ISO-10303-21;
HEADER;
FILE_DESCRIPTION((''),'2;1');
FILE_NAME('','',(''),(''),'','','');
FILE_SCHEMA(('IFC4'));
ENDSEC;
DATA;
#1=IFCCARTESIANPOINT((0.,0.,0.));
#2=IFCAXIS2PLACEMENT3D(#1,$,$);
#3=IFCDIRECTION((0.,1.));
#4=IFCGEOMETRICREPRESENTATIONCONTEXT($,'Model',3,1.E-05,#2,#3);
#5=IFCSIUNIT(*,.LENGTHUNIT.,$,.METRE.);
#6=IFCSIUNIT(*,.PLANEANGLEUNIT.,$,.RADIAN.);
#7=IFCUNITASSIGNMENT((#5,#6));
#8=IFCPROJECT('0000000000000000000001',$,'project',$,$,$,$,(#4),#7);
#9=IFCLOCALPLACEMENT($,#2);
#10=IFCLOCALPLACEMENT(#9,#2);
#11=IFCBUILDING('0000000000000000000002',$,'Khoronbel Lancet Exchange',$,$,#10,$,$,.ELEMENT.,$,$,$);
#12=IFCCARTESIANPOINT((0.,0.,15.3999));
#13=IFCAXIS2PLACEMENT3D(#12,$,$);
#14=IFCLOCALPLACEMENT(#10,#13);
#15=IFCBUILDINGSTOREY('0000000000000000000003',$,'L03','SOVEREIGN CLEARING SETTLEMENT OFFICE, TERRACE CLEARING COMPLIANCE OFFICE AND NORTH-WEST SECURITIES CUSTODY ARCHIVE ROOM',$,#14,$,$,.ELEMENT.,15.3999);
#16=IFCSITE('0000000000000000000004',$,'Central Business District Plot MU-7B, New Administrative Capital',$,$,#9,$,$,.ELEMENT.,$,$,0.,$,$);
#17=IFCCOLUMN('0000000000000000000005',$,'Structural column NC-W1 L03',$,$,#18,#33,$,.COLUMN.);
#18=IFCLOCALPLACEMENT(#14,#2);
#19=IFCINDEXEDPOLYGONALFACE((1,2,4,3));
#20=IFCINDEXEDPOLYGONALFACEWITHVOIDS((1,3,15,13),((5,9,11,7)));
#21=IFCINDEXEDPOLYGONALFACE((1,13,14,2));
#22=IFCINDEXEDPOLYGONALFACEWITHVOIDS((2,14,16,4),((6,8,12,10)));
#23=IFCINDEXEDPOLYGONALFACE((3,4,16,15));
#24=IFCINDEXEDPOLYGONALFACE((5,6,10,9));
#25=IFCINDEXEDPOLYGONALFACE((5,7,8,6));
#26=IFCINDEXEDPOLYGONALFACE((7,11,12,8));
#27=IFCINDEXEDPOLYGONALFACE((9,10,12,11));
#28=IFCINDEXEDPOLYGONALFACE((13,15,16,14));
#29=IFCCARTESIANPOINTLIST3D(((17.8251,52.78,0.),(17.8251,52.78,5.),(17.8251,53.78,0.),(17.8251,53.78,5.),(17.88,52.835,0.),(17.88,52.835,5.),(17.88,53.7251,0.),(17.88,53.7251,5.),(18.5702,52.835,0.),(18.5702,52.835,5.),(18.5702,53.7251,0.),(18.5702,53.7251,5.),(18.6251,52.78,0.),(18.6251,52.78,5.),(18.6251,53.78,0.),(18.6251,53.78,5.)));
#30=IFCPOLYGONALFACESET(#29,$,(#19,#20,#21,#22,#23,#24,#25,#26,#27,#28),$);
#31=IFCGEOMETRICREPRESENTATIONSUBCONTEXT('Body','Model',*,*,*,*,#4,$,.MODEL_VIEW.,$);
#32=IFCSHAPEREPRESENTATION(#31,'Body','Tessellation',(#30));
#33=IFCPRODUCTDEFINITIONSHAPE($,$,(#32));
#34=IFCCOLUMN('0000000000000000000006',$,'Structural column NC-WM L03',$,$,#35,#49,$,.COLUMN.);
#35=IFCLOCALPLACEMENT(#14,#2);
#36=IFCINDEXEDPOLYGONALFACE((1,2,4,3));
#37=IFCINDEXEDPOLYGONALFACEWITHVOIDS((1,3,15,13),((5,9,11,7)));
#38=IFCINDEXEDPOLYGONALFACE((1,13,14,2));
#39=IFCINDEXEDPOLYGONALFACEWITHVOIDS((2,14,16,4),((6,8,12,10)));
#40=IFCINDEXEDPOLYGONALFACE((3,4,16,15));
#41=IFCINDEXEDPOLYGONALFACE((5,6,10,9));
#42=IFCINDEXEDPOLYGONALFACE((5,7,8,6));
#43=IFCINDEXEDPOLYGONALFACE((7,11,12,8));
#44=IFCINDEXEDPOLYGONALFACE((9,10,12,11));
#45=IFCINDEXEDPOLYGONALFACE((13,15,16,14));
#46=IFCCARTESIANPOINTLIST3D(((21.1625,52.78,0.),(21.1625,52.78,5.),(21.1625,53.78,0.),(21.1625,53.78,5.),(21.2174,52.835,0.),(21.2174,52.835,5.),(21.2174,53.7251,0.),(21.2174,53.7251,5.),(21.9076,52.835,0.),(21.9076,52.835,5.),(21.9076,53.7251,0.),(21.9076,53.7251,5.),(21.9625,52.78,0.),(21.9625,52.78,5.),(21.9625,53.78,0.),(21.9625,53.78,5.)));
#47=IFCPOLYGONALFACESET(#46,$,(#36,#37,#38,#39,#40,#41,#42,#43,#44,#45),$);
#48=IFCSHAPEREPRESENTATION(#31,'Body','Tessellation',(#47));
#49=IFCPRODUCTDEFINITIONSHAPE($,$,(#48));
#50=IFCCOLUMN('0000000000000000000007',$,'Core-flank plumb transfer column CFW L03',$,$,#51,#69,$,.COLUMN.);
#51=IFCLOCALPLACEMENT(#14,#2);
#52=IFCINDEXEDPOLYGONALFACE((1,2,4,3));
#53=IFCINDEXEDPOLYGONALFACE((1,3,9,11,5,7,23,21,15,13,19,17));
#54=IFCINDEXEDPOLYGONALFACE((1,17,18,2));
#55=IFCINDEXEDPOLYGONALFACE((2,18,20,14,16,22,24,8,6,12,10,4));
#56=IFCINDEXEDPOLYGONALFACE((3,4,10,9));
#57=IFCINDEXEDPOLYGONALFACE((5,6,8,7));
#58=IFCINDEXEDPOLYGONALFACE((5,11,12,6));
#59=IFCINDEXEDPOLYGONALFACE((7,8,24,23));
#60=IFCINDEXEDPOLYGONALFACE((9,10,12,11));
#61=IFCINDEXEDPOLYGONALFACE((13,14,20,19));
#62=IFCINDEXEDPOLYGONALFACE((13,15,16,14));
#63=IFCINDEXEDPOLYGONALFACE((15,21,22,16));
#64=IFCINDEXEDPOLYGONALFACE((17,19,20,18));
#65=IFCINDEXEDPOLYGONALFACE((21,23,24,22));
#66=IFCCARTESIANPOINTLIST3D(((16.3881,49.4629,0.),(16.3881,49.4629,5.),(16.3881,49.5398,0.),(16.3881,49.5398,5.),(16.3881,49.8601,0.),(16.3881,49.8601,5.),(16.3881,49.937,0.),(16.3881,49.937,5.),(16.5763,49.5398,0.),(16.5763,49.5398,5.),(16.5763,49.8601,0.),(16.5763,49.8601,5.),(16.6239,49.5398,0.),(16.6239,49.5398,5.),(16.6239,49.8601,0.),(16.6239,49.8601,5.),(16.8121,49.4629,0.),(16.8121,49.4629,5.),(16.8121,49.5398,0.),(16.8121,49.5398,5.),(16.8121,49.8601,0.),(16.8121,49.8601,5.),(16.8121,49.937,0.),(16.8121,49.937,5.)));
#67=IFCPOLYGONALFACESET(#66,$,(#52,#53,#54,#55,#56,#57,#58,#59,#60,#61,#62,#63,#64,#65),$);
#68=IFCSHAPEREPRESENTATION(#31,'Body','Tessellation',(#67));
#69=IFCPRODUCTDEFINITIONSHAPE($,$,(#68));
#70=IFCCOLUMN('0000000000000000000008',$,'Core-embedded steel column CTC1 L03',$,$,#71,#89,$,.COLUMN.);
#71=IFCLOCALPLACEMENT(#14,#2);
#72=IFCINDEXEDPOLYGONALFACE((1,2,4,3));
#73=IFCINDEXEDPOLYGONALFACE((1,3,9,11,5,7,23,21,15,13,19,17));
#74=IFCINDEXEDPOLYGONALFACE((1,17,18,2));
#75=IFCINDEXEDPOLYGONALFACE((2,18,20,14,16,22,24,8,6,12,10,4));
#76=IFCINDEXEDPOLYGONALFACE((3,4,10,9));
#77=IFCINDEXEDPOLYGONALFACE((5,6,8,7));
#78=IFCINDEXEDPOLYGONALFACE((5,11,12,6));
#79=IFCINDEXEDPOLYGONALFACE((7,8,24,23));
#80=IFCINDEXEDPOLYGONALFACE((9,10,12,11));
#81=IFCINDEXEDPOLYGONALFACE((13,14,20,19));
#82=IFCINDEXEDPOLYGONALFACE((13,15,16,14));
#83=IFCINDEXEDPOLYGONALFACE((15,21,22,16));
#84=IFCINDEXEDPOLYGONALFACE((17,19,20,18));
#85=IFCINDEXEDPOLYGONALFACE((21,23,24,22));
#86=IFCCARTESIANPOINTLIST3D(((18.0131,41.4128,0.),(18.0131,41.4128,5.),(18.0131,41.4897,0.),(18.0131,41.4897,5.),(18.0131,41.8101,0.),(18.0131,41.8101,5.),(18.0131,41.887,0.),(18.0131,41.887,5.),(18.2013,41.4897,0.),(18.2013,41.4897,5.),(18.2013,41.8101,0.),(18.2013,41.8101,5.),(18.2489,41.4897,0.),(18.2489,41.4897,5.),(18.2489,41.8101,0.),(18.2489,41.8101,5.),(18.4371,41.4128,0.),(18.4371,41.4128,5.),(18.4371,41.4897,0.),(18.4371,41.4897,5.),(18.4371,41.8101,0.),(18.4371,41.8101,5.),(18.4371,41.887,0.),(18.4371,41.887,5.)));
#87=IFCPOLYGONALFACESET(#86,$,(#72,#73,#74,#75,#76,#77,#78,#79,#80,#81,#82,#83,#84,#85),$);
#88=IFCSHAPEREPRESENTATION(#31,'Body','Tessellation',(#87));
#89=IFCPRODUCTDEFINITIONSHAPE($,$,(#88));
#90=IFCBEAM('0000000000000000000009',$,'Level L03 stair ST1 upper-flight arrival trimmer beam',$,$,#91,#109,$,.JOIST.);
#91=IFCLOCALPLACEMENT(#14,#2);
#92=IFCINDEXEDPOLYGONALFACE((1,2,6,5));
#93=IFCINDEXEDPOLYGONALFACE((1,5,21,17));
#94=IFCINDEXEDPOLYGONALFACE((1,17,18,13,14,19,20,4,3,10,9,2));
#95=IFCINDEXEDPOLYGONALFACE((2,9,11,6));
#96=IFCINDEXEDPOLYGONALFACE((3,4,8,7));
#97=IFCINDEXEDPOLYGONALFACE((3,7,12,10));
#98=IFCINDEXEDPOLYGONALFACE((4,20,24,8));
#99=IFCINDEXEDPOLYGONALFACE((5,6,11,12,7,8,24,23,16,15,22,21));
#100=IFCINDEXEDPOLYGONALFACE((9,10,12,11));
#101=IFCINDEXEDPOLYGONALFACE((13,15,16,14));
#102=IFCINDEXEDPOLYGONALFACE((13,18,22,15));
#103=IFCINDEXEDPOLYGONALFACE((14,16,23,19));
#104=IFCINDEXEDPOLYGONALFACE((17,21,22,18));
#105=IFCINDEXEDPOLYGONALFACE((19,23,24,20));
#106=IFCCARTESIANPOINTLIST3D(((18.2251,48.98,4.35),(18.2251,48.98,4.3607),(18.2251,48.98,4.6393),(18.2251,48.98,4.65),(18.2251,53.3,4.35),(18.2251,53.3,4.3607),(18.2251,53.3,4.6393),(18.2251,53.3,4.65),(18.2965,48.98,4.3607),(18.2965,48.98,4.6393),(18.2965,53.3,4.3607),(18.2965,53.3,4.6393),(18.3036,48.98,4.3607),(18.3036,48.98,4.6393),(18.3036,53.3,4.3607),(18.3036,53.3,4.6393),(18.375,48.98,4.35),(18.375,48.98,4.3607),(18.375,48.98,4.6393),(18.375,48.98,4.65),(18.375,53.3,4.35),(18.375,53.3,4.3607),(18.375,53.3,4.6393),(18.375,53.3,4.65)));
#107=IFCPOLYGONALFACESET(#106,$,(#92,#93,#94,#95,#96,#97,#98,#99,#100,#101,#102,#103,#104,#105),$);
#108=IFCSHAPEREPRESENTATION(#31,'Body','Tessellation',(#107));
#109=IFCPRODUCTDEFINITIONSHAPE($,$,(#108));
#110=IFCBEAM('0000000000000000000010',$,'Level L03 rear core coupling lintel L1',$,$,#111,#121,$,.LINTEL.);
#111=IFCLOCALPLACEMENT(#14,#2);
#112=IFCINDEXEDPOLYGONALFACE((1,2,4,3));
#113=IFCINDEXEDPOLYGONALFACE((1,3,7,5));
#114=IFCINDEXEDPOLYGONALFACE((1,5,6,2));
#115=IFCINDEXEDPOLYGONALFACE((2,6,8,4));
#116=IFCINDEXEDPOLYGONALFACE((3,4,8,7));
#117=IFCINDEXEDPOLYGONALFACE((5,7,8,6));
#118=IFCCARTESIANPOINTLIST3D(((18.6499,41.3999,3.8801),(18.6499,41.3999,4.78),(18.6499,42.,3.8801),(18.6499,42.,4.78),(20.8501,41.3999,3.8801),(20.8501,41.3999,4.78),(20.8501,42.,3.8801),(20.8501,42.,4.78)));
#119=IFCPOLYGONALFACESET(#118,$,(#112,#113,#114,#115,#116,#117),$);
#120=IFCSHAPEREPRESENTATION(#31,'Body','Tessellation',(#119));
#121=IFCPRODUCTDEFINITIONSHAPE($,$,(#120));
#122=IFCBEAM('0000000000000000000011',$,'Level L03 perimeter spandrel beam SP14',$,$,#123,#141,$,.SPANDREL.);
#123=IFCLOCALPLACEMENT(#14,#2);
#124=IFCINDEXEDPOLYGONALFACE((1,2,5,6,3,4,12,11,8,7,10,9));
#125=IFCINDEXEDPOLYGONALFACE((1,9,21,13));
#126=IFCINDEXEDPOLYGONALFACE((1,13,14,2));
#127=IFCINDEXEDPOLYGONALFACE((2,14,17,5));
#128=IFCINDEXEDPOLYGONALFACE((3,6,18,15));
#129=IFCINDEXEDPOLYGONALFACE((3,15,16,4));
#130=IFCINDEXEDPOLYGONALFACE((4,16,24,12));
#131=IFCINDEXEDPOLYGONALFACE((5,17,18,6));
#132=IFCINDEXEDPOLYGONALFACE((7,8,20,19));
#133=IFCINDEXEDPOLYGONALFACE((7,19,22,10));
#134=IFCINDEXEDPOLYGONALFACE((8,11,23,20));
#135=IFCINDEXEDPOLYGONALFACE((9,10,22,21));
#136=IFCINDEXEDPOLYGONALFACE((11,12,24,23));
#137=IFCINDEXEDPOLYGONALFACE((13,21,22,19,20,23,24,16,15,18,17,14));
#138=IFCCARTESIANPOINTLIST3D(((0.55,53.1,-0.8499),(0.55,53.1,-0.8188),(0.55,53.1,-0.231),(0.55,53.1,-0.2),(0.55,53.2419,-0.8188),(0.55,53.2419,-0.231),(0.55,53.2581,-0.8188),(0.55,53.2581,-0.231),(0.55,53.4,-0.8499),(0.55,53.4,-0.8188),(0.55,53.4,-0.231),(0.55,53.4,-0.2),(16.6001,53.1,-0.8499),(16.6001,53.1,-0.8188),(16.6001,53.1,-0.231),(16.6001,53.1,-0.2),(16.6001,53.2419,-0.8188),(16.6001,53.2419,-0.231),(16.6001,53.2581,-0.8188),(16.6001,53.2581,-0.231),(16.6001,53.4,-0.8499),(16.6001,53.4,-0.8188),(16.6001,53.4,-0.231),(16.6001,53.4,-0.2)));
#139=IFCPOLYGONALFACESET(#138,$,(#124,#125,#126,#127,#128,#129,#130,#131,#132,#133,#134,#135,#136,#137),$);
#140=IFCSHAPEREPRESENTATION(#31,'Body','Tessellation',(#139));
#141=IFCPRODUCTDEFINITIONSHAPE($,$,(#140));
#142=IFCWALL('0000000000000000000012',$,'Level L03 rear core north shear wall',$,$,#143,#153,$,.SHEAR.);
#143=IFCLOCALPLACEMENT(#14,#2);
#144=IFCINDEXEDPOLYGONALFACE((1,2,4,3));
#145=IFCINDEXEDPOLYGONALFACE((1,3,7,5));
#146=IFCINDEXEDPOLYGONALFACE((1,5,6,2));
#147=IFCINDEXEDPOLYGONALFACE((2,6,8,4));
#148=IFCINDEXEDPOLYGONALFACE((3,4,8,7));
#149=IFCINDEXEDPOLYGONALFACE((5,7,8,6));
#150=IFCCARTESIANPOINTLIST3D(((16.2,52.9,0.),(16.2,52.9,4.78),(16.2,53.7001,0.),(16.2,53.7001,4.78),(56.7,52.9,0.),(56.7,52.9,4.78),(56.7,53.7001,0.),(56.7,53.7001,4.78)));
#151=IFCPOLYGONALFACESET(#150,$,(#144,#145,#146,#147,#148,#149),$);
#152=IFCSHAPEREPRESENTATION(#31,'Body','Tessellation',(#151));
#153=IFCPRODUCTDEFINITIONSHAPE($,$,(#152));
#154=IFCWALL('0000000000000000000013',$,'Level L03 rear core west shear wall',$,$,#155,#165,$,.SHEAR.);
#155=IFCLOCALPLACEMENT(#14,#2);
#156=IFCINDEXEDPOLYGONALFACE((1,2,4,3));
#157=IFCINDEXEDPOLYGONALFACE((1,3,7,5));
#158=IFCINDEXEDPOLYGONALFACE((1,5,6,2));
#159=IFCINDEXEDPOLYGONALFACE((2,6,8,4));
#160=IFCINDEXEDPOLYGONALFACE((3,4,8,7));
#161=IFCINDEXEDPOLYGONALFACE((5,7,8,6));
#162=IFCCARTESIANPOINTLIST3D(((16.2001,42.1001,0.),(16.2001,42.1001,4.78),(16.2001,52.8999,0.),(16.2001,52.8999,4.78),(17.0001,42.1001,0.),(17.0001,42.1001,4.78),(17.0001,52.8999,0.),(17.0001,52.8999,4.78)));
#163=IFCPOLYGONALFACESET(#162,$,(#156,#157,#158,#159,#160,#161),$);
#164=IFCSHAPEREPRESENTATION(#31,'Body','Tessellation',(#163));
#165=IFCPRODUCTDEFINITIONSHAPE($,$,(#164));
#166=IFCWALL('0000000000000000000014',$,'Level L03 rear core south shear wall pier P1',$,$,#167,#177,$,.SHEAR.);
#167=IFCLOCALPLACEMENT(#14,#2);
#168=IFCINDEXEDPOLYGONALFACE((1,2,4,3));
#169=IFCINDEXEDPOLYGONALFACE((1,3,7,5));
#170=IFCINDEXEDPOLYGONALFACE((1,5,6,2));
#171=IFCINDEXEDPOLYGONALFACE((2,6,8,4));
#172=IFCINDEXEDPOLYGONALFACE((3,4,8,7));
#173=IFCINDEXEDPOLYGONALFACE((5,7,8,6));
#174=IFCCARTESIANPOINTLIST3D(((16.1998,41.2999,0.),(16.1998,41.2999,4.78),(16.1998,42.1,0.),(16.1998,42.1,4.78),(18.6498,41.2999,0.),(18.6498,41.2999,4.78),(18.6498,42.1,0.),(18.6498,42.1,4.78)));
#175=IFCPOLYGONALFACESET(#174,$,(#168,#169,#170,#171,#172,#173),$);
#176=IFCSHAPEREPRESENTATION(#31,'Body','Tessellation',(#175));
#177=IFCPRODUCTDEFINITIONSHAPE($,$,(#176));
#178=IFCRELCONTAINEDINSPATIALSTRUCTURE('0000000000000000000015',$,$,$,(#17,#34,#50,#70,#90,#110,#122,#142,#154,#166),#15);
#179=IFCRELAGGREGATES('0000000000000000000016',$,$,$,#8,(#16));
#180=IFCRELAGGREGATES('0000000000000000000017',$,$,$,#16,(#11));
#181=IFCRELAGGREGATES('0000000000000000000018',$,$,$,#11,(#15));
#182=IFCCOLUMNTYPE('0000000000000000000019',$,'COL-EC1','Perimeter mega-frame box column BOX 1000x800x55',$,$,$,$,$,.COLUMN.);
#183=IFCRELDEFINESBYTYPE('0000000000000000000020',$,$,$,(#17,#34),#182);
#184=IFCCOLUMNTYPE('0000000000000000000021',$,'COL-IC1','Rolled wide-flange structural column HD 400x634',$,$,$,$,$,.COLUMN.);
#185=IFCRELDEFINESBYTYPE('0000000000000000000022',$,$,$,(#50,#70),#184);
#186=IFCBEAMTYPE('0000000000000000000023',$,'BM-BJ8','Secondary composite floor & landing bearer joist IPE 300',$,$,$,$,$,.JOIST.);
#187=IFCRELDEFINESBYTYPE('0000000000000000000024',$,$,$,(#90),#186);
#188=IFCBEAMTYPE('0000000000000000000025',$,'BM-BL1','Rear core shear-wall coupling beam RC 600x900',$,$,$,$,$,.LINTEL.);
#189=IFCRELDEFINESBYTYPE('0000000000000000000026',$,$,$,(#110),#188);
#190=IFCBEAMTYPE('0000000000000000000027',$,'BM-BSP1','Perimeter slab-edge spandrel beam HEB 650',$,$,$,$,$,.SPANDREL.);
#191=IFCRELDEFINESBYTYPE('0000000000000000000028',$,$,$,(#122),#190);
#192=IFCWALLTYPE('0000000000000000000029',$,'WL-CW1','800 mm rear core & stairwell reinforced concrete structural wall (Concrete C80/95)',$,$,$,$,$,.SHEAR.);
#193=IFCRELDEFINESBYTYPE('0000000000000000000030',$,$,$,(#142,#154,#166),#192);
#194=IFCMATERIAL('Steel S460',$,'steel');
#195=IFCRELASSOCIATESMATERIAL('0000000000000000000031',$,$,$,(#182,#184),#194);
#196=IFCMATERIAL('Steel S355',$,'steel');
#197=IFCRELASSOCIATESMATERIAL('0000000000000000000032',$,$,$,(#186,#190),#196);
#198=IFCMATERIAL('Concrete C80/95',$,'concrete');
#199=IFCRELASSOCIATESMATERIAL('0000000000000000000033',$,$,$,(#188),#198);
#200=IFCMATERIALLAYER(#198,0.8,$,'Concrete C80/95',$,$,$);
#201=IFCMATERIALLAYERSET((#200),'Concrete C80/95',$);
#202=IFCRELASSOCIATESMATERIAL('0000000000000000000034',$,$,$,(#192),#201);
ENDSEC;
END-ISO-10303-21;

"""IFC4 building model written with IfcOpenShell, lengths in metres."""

from ifc_helpers import new_model, si_unit, direction, frame, frame_2d, origin, origin_2d, place, context, subcontext, project, spatial, rectangle, hollow_rectangle, i_section, extrude, material, layer, layer_set, material_profile, profile_set, type_object, element, save


model = new_model("IFC4")

# Units and contexts
model_context = context("Model", 3, precision=1e-05, world=origin(), true_north=direction((0.0, 1.0)))
body_context = subcontext(model_context, "Body", "Model", "MODEL_VIEW")
ifc_project = project(units=[si_unit("LENGTHUNIT", "METRE"), si_unit("PLANEANGLEUNIT", "RADIAN")], contexts=[model_context])

# Site, building, storey
site_placement = place(None, origin())
site = spatial("IfcSite", under=ifc_project, at=site_placement, Name="Central Business District Plot MU-7B, New Administrative Capital", CompositionType="ELEMENT", RefElevation=0.0)
building_placement = place(site_placement, origin())
building = spatial("IfcBuilding", under=site, at=building_placement, Name="Khoronbel Lancet Exchange", CompositionType="ELEMENT")
storey_placement = place(building_placement, frame((0.0, 0.0, 15.3999)))
storey = spatial("IfcBuildingStorey", under=building, at=storey_placement, Name="L03", Description="SOVEREIGN CLEARING SETTLEMENT OFFICE, TERRACE CLEARING COMPLIANCE OFFICE AND NORTH-WEST SECURITIES CUSTODY ARCHIVE ROOM", CompositionType="ELEMENT", Elevation=15.3999)

# Columns
ifc_material_1 = material(Name="Steel S460", Category="steel")
ifc_material_profile_1 = material_profile(ifc_material_1, hollow_rectangle(XDim=0.8, YDim=1.0, WallThickness=0.0549, at=origin_2d()), Name="BOX 1000x800x55")
ifc_profile_set_1 = profile_set([ifc_material_profile_1], Name="Steel S460")
column_type_1 = type_object("IfcColumnType", Name="COL-EC1", Description="Perimeter mega-frame box column BOX 1000x800x55", PredefinedType="COLUMN", material=ifc_profile_set_1)
for number, where, z_axis, x_axis, name in (
    (1, (18.2251, 53.28, 0.0), (0.0, 0.0, 1.0), (1.0, 0.0, 0.0), "Structural column NC-W1 L03"),
    (2, (21.5625, 53.28, 0.0), (0.0, 0.0, 1.0), (1.0, 0.0, 0.0), "Structural column NC-WM L03"),
):
    element("IfcColumn", number, at=place(storey_placement, frame(where, z_axis=z_axis, x_axis=x_axis)), inside=storey, type_object=column_type_1, Name=name, PredefinedType="COLUMN", context=body_context, shape_type="SweptSolid", body=[
        extrude(hollow_rectangle(XDim=0.8, YDim=1.0, WallThickness=0.0549, at=origin_2d()), origin(), (0.0, 0.0, 1.0), 5.0),
    ])
ifc_material_profile_2 = material_profile(ifc_material_1, i_section(OverallWidth=0.4241, OverallDepth=0.4741, WebThickness=0.0476, FlangeThickness=0.0769, at=origin_2d()), Name="HD 400x634")
ifc_profile_set_2 = profile_set([ifc_material_profile_2], Name="Steel S460")
column_type_2 = type_object("IfcColumnType", Name="COL-IC1", Description="Rolled wide-flange structural column HD 400x634", PredefinedType="COLUMN", material=ifc_profile_set_2)
for number, where, z_axis, x_axis, name in (
    (3, (16.6001, 49.7, 0.0), (0.0, 0.0, 1.0), (1.0, 0.0, 0.0), "Core-flank plumb transfer column CFW L03"),
    (4, (18.2251, 41.6499, 0.0), (0.0, 0.0, 1.0), (1.0, 0.0, 0.0), "Core-embedded steel column CTC1 L03"),
):
    element("IfcColumn", number, at=place(storey_placement, frame(where, z_axis=z_axis, x_axis=x_axis)), inside=storey, type_object=column_type_2, Name=name, PredefinedType="COLUMN", context=body_context, shape_type="SweptSolid", body=[
        extrude(i_section(OverallWidth=0.4241, OverallDepth=0.4741, WebThickness=0.0476, FlangeThickness=0.0769, at=origin_2d()), origin(), (0.0, 0.0, 1.0), 5.0),
    ])

# Beams
ifc_material_2 = material(Name="Steel S355", Category="steel")
ifc_material_profile_3 = material_profile(ifc_material_2, i_section(OverallWidth=0.1499, OverallDepth=0.3, WebThickness=0.0071, FlangeThickness=0.0107, at=origin_2d()), Name="IPE 300")
ifc_profile_set_3 = profile_set([ifc_material_profile_3], Name="Steel S355")
beam_type_1 = type_object("IfcBeamType", Name="BM-BJ8", Description="Secondary composite floor & landing bearer joist IPE 300", PredefinedType="JOIST", material=ifc_profile_set_3)
beam_1_placement = place(storey_placement, frame((18.3, 48.98, 4.5), z_axis=(0.0, 1.0, 0.0), x_axis=(-1.0, 0.0, 0.0)))
element("IfcBeam", 5, at=beam_1_placement, inside=storey, type_object=beam_type_1, Name="Level L03 stair ST1 upper-flight arrival trimmer beam", PredefinedType="JOIST", context=body_context, shape_type="SweptSolid", body=[
    extrude(i_section(OverallWidth=0.1499, OverallDepth=0.3, WebThickness=0.0071, FlangeThickness=0.0107, at=origin_2d()), origin(), (0.0, 0.0, 1.0), 4.3201),
])
ifc_material_3 = material(Name="Concrete C80/95", Category="concrete")
ifc_material_profile_4 = material_profile(ifc_material_3, rectangle(XDim=0.6001, YDim=0.8999, at=origin_2d()), Name="RC 600x900")
ifc_profile_set_4 = profile_set([ifc_material_profile_4], Name="Concrete C80/95")
beam_type_2 = type_object("IfcBeamType", Name="BM-BL1", Description="Rear core shear-wall coupling beam RC 600x900", PredefinedType="LINTEL", material=ifc_profile_set_4)
beam_2_placement = place(storey_placement, frame((18.6499, 41.7, 4.3301), z_axis=(1.0, 0.0, 0.0), x_axis=(0.0, 1.0, 0.0)))
element("IfcBeam", 6, at=beam_2_placement, inside=storey, type_object=beam_type_2, Name="Level L03 rear core coupling lintel L1", PredefinedType="LINTEL", context=body_context, shape_type="SweptSolid", body=[
    extrude(rectangle(XDim=0.6001, YDim=0.8999, at=origin_2d()), origin(), (0.0, 0.0, 1.0), 2.2002),
])
ifc_material_profile_5 = material_profile(ifc_material_2, i_section(OverallWidth=0.3, OverallDepth=0.6499, WebThickness=0.0161, FlangeThickness=0.031, at=origin_2d()), Name="HEB 650")
ifc_profile_set_5 = profile_set([ifc_material_profile_5], Name="Steel S355")
beam_type_3 = type_object("IfcBeamType", Name="BM-BSP1", Description="Perimeter slab-edge spandrel beam HEB 650", PredefinedType="SPANDREL", material=ifc_profile_set_5)
beam_3_placement = place(storey_placement, frame((16.6001, 53.25, -0.5249), z_axis=(-1.0, 0.0, 0.0), x_axis=(0.0, -1.0, 0.0)))
element("IfcBeam", 7, at=beam_3_placement, inside=storey, type_object=beam_type_3, Name="Level L03 perimeter spandrel beam SP14", PredefinedType="SPANDREL", context=body_context, shape_type="SweptSolid", body=[
    extrude(i_section(OverallWidth=0.3, OverallDepth=0.6499, WebThickness=0.0161, FlangeThickness=0.031, at=origin_2d()), origin(), (0.0, 0.0, 1.0), 16.05),
])

# Walls
ifc_layer_1 = layer(ifc_material_3, 0.8, Name="Concrete C80/95")
ifc_layer_set_1 = layer_set([ifc_layer_1], Name="Concrete C80/95")
wall_type_1 = type_object("IfcWallType", Name="WL-CW1", Description="800 mm rear core & stairwell reinforced concrete structural wall (Concrete C80/95)", PredefinedType="SHEAR", material=ifc_layer_set_1)
wall_1_placement = place(storey_placement, frame((16.2, 53.3, 0.0), z_axis=(0.0, 0.0, 1.0), x_axis=(1.0, 0.0, 0.0)))
element("IfcWall", 8, at=wall_1_placement, inside=storey, type_object=wall_type_1, Name="Level L03 rear core north shear wall", PredefinedType="SHEAR", context=body_context, shape_type="SweptSolid", body=[
    extrude(rectangle(XDim=40.5, YDim=0.8, at=frame_2d((20.25, 0.0))), origin(), (0.0, 0.0, 1.0), 4.78),
])
wall_2_placement = place(storey_placement, frame((16.6001, 42.1001, 0.0), z_axis=(0.0, 0.0, 1.0), x_axis=(0.0, 1.0, 0.0)))
element("IfcWall", 9, at=wall_2_placement, inside=storey, type_object=wall_type_1, Name="Level L03 rear core west shear wall", PredefinedType="SHEAR", context=body_context, shape_type="SweptSolid", body=[
    extrude(rectangle(XDim=10.7998, YDim=0.8, at=frame_2d((5.3999, 0.0))), origin(), (0.0, 0.0, 1.0), 4.78),
])
wall_3_placement = place(storey_placement, frame((18.6499, 41.7, 0.0), z_axis=(0.0, 0.0, 1.0), x_axis=(-1.0, 0.0, 0.0)))
element("IfcWall", 10, at=wall_3_placement, inside=storey, type_object=wall_type_1, Name="Level L03 rear core south shear wall pier P1", PredefinedType="SHEAR", context=body_context, shape_type="SweptSolid", body=[
    extrude(rectangle(XDim=2.45, YDim=0.8, at=frame_2d((1.2251, 0.0))), origin(), (0.0, 0.0, 1.0), 4.78),
])

save(model, "model.ifc")
